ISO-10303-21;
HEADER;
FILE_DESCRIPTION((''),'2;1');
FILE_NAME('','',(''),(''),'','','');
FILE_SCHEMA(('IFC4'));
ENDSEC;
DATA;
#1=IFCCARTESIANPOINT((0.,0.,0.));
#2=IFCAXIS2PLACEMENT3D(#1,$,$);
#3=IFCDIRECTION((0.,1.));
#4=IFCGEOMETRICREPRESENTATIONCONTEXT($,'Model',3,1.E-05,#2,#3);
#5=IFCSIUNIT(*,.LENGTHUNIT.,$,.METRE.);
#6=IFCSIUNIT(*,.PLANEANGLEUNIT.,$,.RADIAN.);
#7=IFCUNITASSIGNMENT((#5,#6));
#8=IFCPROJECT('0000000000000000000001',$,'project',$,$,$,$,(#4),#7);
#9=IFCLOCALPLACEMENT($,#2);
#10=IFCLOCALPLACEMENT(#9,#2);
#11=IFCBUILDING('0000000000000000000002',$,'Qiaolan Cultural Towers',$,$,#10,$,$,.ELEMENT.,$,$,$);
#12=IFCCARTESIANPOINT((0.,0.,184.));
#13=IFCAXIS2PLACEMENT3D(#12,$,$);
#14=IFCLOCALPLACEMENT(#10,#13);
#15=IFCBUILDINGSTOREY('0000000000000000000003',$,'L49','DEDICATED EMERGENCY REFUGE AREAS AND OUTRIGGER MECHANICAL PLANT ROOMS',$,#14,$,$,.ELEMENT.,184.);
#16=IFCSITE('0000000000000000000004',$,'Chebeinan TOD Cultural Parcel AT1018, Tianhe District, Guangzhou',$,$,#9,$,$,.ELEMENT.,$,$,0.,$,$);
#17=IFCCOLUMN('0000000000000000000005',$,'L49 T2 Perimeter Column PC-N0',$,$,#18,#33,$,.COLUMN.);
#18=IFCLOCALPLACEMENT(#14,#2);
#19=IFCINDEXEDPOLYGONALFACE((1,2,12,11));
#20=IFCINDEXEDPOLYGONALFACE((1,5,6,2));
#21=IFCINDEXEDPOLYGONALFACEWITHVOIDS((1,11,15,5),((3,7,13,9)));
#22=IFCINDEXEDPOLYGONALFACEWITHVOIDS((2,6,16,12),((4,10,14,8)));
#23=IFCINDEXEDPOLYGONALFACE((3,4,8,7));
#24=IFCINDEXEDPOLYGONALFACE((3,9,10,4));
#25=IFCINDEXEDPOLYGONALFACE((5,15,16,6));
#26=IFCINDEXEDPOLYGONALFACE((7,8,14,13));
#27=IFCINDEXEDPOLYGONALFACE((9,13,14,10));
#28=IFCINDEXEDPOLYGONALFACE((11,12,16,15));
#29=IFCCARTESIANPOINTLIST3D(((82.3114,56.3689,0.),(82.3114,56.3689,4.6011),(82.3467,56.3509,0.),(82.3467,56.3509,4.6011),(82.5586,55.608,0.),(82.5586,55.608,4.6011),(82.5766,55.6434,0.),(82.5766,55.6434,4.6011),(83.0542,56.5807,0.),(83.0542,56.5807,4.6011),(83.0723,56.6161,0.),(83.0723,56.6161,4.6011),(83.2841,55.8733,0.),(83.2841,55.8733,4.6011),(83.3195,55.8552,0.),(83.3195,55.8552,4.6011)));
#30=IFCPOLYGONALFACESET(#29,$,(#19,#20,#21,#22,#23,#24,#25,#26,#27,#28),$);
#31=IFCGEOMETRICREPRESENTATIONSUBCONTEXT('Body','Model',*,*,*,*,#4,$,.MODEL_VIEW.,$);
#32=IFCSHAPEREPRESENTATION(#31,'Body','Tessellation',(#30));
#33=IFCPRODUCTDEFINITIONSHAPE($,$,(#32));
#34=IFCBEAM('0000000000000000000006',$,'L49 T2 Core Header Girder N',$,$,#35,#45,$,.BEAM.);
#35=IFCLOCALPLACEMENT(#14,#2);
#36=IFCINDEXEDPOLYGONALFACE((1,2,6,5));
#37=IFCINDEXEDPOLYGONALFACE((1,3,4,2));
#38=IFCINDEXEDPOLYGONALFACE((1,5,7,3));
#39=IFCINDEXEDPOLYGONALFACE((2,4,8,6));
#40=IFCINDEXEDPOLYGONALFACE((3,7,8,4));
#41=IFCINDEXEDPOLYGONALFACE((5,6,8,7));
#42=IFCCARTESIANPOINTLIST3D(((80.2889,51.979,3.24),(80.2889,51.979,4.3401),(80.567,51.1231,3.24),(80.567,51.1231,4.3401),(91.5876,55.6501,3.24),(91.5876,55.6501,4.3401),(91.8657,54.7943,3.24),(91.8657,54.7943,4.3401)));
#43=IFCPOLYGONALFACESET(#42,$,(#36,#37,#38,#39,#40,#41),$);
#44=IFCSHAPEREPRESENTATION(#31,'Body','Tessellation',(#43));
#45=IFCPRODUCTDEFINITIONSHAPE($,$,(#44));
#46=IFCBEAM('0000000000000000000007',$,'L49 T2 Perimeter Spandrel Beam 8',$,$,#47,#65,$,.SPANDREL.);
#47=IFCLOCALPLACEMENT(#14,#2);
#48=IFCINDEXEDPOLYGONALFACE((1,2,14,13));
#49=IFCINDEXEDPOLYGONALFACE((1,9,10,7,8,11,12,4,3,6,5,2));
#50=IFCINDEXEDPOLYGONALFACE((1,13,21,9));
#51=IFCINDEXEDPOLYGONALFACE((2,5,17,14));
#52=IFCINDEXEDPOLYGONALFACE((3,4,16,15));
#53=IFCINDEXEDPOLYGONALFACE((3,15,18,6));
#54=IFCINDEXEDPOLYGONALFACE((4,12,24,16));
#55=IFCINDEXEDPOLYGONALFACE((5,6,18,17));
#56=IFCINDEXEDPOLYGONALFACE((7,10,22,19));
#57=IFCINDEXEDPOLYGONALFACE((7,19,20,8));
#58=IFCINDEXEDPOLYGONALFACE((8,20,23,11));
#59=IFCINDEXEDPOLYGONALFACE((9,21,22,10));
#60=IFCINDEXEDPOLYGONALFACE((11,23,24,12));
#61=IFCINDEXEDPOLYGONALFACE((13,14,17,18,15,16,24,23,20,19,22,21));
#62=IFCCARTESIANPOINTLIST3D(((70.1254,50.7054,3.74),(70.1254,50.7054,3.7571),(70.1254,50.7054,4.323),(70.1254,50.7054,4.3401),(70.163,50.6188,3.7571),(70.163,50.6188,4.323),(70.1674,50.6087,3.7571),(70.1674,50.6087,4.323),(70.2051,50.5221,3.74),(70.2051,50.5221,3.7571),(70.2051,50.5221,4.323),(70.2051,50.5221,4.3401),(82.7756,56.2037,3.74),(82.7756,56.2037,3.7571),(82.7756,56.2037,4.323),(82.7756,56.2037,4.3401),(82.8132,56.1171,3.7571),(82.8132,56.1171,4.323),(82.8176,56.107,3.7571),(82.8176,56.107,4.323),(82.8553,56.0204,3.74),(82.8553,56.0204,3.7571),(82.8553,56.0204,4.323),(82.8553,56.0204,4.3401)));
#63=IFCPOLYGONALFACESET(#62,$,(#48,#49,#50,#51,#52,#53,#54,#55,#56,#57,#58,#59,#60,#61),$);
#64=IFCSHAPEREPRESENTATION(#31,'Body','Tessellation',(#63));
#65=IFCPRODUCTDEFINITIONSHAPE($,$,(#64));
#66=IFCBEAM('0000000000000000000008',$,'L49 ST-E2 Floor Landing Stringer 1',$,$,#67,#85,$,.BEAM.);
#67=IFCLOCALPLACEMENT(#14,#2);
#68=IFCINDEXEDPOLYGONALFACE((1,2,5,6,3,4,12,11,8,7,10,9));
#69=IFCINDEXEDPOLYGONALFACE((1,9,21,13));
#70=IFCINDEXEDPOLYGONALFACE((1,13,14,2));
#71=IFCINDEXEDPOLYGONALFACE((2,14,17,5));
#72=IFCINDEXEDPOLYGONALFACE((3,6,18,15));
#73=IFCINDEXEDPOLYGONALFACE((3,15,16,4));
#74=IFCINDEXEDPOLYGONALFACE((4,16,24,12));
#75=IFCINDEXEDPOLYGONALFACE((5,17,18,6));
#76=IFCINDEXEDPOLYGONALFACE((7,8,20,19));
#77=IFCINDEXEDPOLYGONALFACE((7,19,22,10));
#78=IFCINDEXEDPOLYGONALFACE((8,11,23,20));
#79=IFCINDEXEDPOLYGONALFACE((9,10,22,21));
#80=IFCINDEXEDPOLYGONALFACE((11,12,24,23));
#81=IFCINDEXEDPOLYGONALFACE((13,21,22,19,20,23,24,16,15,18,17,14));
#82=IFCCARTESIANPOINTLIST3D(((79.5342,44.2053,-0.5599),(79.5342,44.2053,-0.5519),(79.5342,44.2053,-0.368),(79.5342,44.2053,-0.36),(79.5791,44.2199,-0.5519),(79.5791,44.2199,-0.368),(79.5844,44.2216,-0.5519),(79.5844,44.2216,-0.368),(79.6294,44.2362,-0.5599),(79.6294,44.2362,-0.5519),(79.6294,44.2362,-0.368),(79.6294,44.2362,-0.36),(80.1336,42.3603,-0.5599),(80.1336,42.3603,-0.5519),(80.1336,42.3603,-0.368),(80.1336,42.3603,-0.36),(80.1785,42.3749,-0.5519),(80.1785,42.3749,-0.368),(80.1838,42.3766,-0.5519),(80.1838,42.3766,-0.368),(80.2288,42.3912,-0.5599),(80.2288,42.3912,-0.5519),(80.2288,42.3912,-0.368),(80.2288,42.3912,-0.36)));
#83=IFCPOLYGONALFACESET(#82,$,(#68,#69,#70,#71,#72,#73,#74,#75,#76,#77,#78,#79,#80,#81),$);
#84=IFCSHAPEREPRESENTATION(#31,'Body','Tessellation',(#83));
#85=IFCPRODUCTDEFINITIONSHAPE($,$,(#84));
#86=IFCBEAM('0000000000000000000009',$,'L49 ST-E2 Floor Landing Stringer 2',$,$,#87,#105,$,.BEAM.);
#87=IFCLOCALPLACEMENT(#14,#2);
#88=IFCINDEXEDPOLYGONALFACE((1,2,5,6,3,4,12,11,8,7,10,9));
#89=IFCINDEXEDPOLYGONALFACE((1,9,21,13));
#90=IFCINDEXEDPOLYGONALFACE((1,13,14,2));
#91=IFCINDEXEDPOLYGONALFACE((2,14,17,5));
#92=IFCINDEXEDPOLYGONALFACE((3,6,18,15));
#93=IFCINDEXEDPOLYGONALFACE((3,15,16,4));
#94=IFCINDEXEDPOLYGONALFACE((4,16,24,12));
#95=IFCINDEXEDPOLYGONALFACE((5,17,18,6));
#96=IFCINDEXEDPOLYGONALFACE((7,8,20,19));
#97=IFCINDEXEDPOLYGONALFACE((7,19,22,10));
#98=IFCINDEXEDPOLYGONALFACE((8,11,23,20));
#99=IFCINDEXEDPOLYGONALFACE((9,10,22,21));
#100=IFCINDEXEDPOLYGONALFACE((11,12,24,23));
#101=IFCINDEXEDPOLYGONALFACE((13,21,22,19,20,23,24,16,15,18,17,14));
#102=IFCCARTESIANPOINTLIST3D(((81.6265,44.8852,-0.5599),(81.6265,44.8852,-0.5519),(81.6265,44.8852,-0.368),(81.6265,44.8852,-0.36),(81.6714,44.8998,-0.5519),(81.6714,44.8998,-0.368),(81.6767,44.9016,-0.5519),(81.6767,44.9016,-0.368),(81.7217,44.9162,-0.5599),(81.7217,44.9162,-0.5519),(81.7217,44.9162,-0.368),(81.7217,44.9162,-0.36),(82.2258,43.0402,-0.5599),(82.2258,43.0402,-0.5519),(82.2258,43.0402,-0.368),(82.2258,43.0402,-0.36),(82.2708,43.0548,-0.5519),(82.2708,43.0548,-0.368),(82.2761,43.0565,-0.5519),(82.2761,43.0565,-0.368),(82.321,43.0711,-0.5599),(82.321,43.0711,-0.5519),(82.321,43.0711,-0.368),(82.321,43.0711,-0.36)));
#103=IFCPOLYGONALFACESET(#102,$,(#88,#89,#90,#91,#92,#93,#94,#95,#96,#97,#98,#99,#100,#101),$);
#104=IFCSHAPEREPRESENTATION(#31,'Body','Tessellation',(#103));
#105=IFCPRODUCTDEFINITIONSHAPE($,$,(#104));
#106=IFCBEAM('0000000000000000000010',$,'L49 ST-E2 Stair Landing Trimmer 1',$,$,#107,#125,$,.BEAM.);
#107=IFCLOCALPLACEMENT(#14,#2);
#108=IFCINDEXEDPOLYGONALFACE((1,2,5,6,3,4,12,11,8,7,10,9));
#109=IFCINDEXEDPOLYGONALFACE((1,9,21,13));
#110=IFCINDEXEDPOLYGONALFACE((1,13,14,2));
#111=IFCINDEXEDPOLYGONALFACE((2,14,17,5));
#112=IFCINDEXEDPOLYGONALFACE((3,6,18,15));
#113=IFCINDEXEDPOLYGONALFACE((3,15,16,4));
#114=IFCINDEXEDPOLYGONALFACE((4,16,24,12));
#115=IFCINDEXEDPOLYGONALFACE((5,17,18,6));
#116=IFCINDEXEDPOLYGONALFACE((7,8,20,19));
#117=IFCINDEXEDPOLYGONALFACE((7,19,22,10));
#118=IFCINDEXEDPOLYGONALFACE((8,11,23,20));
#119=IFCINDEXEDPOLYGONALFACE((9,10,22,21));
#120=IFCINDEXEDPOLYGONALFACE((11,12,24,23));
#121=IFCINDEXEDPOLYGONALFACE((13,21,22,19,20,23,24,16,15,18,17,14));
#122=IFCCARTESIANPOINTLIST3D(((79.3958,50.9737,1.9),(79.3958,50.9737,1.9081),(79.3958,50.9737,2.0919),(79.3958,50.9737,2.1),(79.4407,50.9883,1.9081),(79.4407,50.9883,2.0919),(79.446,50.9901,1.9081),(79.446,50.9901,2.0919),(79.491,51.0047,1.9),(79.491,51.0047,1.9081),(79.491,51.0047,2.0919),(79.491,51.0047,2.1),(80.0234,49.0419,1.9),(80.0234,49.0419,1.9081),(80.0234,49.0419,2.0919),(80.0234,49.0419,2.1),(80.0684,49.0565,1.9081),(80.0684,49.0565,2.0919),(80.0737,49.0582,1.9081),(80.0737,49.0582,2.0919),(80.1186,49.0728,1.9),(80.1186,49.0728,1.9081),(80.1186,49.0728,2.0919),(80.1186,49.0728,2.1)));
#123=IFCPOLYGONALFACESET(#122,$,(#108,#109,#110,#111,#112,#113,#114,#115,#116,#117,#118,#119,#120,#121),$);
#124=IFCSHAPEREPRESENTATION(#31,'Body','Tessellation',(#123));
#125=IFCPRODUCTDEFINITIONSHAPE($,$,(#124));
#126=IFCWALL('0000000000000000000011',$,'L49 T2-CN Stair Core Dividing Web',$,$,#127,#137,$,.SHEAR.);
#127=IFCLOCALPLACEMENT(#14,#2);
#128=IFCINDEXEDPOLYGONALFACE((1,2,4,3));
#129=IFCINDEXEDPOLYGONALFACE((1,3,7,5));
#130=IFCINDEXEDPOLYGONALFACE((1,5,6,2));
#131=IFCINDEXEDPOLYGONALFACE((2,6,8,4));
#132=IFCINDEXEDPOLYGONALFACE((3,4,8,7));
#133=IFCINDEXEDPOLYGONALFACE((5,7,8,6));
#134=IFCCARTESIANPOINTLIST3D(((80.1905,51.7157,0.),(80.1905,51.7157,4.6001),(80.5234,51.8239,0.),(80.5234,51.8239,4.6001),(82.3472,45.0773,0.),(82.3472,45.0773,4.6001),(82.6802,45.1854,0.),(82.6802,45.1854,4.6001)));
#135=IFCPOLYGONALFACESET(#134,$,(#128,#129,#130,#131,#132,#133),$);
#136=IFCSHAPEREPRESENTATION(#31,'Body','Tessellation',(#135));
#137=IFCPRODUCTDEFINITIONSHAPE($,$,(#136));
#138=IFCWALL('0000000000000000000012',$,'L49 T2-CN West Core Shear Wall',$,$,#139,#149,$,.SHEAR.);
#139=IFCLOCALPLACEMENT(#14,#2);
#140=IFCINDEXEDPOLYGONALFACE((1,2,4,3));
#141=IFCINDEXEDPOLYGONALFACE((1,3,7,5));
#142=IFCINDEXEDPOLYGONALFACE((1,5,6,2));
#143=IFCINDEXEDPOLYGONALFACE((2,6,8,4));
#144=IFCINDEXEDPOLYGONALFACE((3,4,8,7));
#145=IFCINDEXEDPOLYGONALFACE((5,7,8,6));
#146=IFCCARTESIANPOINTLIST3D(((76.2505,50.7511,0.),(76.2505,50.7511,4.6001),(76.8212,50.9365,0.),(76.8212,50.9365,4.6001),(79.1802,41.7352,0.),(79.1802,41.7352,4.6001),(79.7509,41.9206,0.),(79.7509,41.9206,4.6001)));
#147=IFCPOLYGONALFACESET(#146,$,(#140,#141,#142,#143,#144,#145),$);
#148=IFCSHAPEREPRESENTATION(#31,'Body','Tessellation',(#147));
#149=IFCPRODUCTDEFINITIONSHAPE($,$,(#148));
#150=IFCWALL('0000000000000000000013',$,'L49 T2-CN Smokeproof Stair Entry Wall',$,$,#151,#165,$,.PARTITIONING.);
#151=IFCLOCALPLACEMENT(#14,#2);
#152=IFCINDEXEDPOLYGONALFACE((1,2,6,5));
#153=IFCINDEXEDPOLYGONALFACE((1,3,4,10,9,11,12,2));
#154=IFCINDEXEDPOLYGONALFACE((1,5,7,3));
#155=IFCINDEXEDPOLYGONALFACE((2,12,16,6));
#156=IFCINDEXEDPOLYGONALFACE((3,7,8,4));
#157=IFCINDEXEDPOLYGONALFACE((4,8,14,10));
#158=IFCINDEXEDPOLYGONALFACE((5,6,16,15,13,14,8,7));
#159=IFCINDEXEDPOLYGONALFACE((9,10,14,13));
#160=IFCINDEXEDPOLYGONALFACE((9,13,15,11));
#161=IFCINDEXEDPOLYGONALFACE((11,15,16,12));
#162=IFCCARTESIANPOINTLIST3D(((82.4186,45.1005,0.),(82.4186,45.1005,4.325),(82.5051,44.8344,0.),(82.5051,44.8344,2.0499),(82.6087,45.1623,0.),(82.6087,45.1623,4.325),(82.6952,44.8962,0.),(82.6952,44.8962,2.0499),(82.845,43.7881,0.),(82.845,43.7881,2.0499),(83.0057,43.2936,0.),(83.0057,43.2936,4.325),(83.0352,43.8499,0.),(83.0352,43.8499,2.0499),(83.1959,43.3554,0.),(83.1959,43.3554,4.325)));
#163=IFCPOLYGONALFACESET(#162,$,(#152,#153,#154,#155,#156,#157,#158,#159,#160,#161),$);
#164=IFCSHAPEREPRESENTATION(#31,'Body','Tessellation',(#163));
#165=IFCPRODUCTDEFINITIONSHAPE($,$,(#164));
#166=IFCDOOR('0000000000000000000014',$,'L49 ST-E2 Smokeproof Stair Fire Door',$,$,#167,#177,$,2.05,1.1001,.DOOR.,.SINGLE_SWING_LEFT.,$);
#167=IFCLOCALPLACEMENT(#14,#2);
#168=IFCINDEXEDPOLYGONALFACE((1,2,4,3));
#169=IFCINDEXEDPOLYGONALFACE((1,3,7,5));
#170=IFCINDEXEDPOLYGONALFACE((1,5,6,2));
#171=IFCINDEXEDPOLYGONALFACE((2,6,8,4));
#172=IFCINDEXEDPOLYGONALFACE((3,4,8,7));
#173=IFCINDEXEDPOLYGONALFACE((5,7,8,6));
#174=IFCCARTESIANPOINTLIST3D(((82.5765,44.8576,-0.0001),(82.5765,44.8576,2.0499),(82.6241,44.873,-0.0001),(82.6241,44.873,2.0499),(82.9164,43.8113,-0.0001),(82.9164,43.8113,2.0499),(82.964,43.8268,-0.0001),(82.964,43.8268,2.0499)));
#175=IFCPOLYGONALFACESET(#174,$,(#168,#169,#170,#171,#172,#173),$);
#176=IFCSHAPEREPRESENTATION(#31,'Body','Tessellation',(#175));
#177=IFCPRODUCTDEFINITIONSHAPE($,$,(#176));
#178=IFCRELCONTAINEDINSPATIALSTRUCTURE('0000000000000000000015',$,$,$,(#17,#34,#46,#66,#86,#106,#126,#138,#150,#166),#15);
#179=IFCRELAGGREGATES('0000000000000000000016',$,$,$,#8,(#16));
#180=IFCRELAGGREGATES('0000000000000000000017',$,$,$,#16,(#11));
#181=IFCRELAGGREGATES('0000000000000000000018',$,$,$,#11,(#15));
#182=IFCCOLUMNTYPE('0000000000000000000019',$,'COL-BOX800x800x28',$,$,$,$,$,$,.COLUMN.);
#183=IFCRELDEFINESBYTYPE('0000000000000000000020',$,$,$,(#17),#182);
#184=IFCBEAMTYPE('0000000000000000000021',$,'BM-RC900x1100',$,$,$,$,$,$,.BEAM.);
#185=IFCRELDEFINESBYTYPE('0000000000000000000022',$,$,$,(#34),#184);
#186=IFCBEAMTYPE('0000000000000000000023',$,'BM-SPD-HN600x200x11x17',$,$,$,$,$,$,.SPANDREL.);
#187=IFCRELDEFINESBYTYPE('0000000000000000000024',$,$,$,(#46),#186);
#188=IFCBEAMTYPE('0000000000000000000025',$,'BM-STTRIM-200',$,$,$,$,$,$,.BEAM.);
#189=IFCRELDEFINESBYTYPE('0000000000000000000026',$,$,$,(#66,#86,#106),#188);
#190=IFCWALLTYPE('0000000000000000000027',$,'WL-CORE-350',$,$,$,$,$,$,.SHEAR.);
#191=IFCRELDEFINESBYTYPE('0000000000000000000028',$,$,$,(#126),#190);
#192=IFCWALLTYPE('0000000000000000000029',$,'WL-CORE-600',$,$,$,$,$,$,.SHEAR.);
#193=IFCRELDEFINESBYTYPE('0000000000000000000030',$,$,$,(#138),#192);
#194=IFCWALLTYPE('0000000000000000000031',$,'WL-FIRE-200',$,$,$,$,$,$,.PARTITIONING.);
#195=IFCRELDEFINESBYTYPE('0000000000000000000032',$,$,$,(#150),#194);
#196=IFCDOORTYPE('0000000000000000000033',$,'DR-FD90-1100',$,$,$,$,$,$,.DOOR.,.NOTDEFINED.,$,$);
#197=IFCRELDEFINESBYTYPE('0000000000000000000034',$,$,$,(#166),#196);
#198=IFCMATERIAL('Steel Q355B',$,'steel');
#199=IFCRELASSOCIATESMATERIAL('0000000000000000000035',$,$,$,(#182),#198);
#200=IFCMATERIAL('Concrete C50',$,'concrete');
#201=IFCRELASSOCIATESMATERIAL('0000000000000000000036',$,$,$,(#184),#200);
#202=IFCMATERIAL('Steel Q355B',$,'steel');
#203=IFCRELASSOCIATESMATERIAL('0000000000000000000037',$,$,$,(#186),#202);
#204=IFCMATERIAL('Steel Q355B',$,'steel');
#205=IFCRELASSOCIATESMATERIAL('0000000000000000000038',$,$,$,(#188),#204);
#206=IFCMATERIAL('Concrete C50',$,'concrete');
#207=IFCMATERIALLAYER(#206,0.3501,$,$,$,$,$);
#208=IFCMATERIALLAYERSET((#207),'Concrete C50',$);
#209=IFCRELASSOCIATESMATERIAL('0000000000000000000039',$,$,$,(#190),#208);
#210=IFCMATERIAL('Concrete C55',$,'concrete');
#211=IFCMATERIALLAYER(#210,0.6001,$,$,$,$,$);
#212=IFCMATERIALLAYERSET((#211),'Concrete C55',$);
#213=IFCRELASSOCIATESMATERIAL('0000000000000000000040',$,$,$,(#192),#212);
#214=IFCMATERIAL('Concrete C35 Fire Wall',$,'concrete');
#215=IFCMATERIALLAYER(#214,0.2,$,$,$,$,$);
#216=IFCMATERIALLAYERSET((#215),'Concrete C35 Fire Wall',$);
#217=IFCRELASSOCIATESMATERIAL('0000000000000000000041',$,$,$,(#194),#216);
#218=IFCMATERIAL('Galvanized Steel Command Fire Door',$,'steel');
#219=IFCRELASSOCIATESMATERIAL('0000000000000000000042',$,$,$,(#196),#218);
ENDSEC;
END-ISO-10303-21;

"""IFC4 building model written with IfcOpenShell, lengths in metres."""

from ifc_helpers import new_model, si_unit, direction, frame, frame_2d, origin, origin_2d, place, context, subcontext, project, spatial, rectangle, hollow_rectangle, i_section, extrude, material, layer, layer_set, material_profile, profile_set, type_object, element, fill, save


model = new_model("IFC4")

# Units and contexts
model_context = context("Model", 3, precision=1e-05, world=origin(), true_north=direction((0.0, 1.0)))
body_context = subcontext(model_context, "Body", "Model", "MODEL_VIEW")
ifc_project = project(units=[si_unit("LENGTHUNIT", "METRE"), si_unit("PLANEANGLEUNIT", "RADIAN")], contexts=[model_context])

# Site, building, storey
site_placement = place(None, origin())
site = spatial("IfcSite", under=ifc_project, at=site_placement, Name="Chebeinan TOD Cultural Parcel AT1018, Tianhe District, Guangzhou", CompositionType="ELEMENT", RefElevation=0.0)
building_placement = place(site_placement, origin())
building = spatial("IfcBuilding", under=site, at=building_placement, Name="Qiaolan Cultural Towers", CompositionType="ELEMENT")
storey_placement = place(building_placement, frame((0.0, 0.0, 184.0)))
storey = spatial("IfcBuildingStorey", under=building, at=storey_placement, Name="L49", Description="DEDICATED EMERGENCY REFUGE AREAS AND OUTRIGGER MECHANICAL PLANT ROOMS", CompositionType="ELEMENT", Elevation=184.0)

# Column
ifc_material_1 = material(Name="Steel Q355B", Category="steel")
ifc_material_profile_1 = material_profile(ifc_material_1, hollow_rectangle(XDim=0.8, YDim=0.8, WallThickness=0.0281, at=origin_2d()), Name="BOX800x800x28")
ifc_profile_set_1 = profile_set([ifc_material_profile_1], Name="Steel Q355B")
column_type = type_object("IfcColumnType", Name="COL-BOX800x800x28", PredefinedType="COLUMN", material=ifc_profile_set_1)
column_placement = place(storey_placement, frame((82.8154, 56.1121, 0.0), z_axis=(0.0, 0.0, 1.0), x_axis=(0.951057, 0.309017, 0.0)))
element("IfcColumn", 1, at=column_placement, inside=storey, type_object=column_type, Name="L49 T2 Perimeter Column PC-N0", PredefinedType="COLUMN", context=body_context, shape_type="SweptSolid", body=[
    extrude(hollow_rectangle(XDim=0.8, YDim=0.8, WallThickness=0.0281, at=origin_2d()), origin(), (0.0, 0.0, 1.0), 4.6011),
])

# Beams
ifc_material_2 = material(Name="Concrete C50", Category="concrete")
ifc_material_profile_2 = material_profile(ifc_material_2, rectangle(XDim=0.8999, YDim=1.1001, at=origin_2d()), Name="RC900x1100")
ifc_profile_set_2 = profile_set([ifc_material_profile_2], Name="Concrete C50")
beam_type_1 = type_object("IfcBeamType", Name="BM-RC900x1100", PredefinedType="BEAM", material=ifc_profile_set_2)
beam_1_placement = place(storey_placement, frame((80.428, 51.551, 3.79), z_axis=(0.951056, 0.309018, 0.0), x_axis=(-0.309018, 0.951056, 0.0)))
element("IfcBeam", 2, at=beam_1_placement, inside=storey, type_object=beam_type_1, Name="L49 T2 Core Header Girder N", PredefinedType="BEAM", context=body_context, shape_type="SweptSolid", body=[
    extrude(rectangle(XDim=0.8999, YDim=1.1001, at=origin_2d()), origin(), (0.0, 0.0, 1.0), 11.8801),
])
ifc_material_3 = material(Name="Steel Q355B", Category="steel")
ifc_material_profile_3 = material_profile(ifc_material_3, i_section(OverallWidth=0.2, OverallDepth=0.6001, WebThickness=0.011, FlangeThickness=0.0171, at=origin_2d()), Name="HN600x200x11x17")
ifc_profile_set_3 = profile_set([ifc_material_profile_3], Name="Steel Q355B")
beam_type_2 = type_object("IfcBeamType", Name="BM-SPD-HN600x200x11x17", PredefinedType="SPANDREL", material=ifc_profile_set_3)
beam_2_placement = place(storey_placement, frame((82.8154, 56.1121, 4.04), z_axis=(-0.917117, -0.398618, 0.0), x_axis=(0.398618, -0.917117, 0.0)))
element("IfcBeam", 3, at=beam_2_placement, inside=storey, type_object=beam_type_2, Name="L49 T2 Perimeter Spandrel Beam 8", PredefinedType="SPANDREL", context=body_context, shape_type="SweptSolid", body=[
    extrude(i_section(OverallWidth=0.2, OverallDepth=0.6001, WebThickness=0.011, FlangeThickness=0.0171, at=origin_2d()), origin(), (0.0, 0.0, 1.0), 13.7935),
])
ifc_material_4 = material(Name="Steel Q355B", Category="steel")
ifc_material_profile_4 = material_profile(ifc_material_4, i_section(OverallWidth=0.1001, OverallDepth=0.2, WebThickness=0.0056, FlangeThickness=0.0081, at=origin_2d()), Name="HN200x100x5.5x8")
ifc_profile_set_4 = profile_set([ifc_material_profile_4], Name="Steel Q355B")
beam_type_3 = type_object("IfcBeamType", Name="BM-STTRIM-200", PredefinedType="BEAM", material=ifc_profile_set_4)
for number, where, z_axis, x_axis, name in (
    (4, (80.1812, 42.3757, -0.46), (-0.308969, 0.951072, 0.0), (-0.951072, -0.308969, 0.0), "L49 ST-E2 Floor Landing Stringer 1"),
    (5, (82.2734, 43.0557, -0.46), (-0.308969, 0.951072, 0.0), (-0.951072, -0.308969, 0.0), "L49 ST-E2 Floor Landing Stringer 2"),
):
    element("IfcBeam", number, at=place(storey_placement, frame(where, z_axis=z_axis, x_axis=x_axis)), inside=storey, type_object=beam_type_3, Name=name, PredefinedType="BEAM", context=body_context, shape_type="SweptSolid", body=[
        extrude(i_section(OverallWidth=0.1001, OverallDepth=0.2, WebThickness=0.0056, FlangeThickness=0.0081, at=origin_2d()), origin(), (0.0, 0.0, 1.0), 1.9399),
    ])
beam_3_placement = place(storey_placement, frame((80.071, 49.0574, 2.0), z_axis=(-0.309007, 0.95106, 0.0), x_axis=(-0.95106, -0.309007, 0.0)))
element("IfcBeam", 6, at=beam_3_placement, inside=storey, type_object=beam_type_3, Name="L49 ST-E2 Stair Landing Trimmer 1", PredefinedType="BEAM", context=body_context, shape_type="SweptSolid", body=[
    extrude(i_section(OverallWidth=0.1001, OverallDepth=0.2, WebThickness=0.0056, FlangeThickness=0.0081, at=origin_2d()), origin(), (0.0, 0.0, 1.0), 2.0312),
])

# Walls
ifc_material_5 = material(Name="Concrete C50", Category="concrete")
ifc_layer_1 = layer(ifc_material_5, 0.3501)
ifc_layer_set_1 = layer_set([ifc_layer_1], Name="Concrete C50")
wall_type_1 = type_object("IfcWallType", Name="WL-CORE-350", PredefinedType="SHEAR", material=ifc_layer_set_1)
wall_1_placement = place(storey_placement, frame((82.5137, 45.1313, 0.0), z_axis=(0.0, 0.0, 1.0), x_axis=(-0.308989, 0.951066, 0.0)))
element("IfcWall", 7, at=wall_1_placement, inside=storey, type_object=wall_type_1, Name="L49 T2-CN Stair Core Dividing Web", PredefinedType="SHEAR", context=body_context, shape_type="SweptSolid", body=[
    extrude(rectangle(XDim=6.98, YDim=0.3501, at=frame_2d((3.49, 0.0))), origin(), (0.0, 0.0, 1.0), 4.6001),
])
ifc_material_6 = material(Name="Concrete C55", Category="concrete")
ifc_layer_2 = layer(ifc_material_6, 0.6001)
ifc_layer_set_2 = layer_set([ifc_layer_2], Name="Concrete C55")
wall_type_2 = type_object("IfcWallType", Name="WL-CORE-600", PredefinedType="SHEAR", material=ifc_layer_set_2)
wall_2_placement = place(storey_placement, frame((79.4656, 41.8279, 0.0), z_axis=(0.0, 0.0, 1.0), x_axis=(-0.309041, 0.951049, 0.0)))
element("IfcWall", 8, at=wall_2_placement, inside=storey, type_object=wall_type_2, Name="L49 T2-CN West Core Shear Wall", PredefinedType="SHEAR", context=body_context, shape_type="SweptSolid", body=[
    extrude(rectangle(XDim=9.48, YDim=0.6001, at=frame_2d((4.74, 0.0))), origin(), (0.0, 0.0, 1.0), 4.6001),
])

# Wall, opening, door
ifc_material_7 = material(Name="Concrete C35 Fire Wall", Category="concrete")
ifc_layer_3 = layer(ifc_material_7, 0.2)
ifc_layer_set_3 = layer_set([ifc_layer_3], Name="Concrete C35 Fire Wall")
wall_type_3 = type_object("IfcWallType", Name="WL-FIRE-200", PredefinedType="PARTITIONING", material=ifc_layer_set_3)
wall_3_placement = place(storey_placement, frame((83.1008, 43.3245, 0.0), z_axis=(0.0, 0.0, 1.0), x_axis=(-0.309048, 0.951046, 0.0)))
wall_3 = element("IfcWall", 9, at=wall_3_placement, inside=storey, type_object=wall_type_3, Name="L49 T2-CN Smokeproof Stair Entry Wall", PredefinedType="PARTITIONING", context=body_context, shape_type="SweptSolid", body=[
    extrude(rectangle(XDim=1.8999, YDim=0.2, at=frame_2d((0.95, 0.0))), origin(), (0.0, 0.0, 1.0), 4.325),
])
opening_1_placement = place(wall_3_placement, frame((0.52, 0.0, 0.0)))
opening_1 = element("IfcOpeningElement", 10, at=opening_1_placement, cuts=wall_3, PredefinedType="OPENING", context=body_context, shape_type="SweptSolid", body=[
    extrude(rectangle(XDim=1.1001, YDim=2.05, at=frame_2d((0.55, 1.0249))), frame((0.0, 0.1099, 0.0), z_axis=(0.0, -1.0, 0.0), x_axis=(1.0, 0.0, 0.0)), (0.0, 0.0, 1.0), 0.22),
])
ifc_material_8 = material(Name="Galvanized Steel Command Fire Door", Category="steel")
door_type_1 = type_object("IfcDoorType", Name="DR-FD90-1100", OperationType="NOTDEFINED", PredefinedType="DOOR", material=ifc_material_8)
door_1_placement = place(opening_1_placement, origin())
door_1 = element("IfcDoor", 11, at=door_1_placement, inside=storey, type_object=door_type_1, Name="L49 ST-E2 Smokeproof Stair Fire Door", OperationType="SINGLE_SWING_LEFT", OverallHeight=2.05, OverallWidth=1.1001, PredefinedType="DOOR", context=body_context, shape_type="SweptSolid", body=[
    extrude(rectangle(XDim=1.1001, YDim=2.05, at=frame_2d((0.55, 1.0249))), frame((0.0, 0.0249, 0.0), z_axis=(0.0, -1.0, 0.0), x_axis=(1.0, 0.0, 0.0)), (0.0, 0.0, 1.0), 0.05),
])
fill(opening_1, door_1)

save(model, "model.ifc")
